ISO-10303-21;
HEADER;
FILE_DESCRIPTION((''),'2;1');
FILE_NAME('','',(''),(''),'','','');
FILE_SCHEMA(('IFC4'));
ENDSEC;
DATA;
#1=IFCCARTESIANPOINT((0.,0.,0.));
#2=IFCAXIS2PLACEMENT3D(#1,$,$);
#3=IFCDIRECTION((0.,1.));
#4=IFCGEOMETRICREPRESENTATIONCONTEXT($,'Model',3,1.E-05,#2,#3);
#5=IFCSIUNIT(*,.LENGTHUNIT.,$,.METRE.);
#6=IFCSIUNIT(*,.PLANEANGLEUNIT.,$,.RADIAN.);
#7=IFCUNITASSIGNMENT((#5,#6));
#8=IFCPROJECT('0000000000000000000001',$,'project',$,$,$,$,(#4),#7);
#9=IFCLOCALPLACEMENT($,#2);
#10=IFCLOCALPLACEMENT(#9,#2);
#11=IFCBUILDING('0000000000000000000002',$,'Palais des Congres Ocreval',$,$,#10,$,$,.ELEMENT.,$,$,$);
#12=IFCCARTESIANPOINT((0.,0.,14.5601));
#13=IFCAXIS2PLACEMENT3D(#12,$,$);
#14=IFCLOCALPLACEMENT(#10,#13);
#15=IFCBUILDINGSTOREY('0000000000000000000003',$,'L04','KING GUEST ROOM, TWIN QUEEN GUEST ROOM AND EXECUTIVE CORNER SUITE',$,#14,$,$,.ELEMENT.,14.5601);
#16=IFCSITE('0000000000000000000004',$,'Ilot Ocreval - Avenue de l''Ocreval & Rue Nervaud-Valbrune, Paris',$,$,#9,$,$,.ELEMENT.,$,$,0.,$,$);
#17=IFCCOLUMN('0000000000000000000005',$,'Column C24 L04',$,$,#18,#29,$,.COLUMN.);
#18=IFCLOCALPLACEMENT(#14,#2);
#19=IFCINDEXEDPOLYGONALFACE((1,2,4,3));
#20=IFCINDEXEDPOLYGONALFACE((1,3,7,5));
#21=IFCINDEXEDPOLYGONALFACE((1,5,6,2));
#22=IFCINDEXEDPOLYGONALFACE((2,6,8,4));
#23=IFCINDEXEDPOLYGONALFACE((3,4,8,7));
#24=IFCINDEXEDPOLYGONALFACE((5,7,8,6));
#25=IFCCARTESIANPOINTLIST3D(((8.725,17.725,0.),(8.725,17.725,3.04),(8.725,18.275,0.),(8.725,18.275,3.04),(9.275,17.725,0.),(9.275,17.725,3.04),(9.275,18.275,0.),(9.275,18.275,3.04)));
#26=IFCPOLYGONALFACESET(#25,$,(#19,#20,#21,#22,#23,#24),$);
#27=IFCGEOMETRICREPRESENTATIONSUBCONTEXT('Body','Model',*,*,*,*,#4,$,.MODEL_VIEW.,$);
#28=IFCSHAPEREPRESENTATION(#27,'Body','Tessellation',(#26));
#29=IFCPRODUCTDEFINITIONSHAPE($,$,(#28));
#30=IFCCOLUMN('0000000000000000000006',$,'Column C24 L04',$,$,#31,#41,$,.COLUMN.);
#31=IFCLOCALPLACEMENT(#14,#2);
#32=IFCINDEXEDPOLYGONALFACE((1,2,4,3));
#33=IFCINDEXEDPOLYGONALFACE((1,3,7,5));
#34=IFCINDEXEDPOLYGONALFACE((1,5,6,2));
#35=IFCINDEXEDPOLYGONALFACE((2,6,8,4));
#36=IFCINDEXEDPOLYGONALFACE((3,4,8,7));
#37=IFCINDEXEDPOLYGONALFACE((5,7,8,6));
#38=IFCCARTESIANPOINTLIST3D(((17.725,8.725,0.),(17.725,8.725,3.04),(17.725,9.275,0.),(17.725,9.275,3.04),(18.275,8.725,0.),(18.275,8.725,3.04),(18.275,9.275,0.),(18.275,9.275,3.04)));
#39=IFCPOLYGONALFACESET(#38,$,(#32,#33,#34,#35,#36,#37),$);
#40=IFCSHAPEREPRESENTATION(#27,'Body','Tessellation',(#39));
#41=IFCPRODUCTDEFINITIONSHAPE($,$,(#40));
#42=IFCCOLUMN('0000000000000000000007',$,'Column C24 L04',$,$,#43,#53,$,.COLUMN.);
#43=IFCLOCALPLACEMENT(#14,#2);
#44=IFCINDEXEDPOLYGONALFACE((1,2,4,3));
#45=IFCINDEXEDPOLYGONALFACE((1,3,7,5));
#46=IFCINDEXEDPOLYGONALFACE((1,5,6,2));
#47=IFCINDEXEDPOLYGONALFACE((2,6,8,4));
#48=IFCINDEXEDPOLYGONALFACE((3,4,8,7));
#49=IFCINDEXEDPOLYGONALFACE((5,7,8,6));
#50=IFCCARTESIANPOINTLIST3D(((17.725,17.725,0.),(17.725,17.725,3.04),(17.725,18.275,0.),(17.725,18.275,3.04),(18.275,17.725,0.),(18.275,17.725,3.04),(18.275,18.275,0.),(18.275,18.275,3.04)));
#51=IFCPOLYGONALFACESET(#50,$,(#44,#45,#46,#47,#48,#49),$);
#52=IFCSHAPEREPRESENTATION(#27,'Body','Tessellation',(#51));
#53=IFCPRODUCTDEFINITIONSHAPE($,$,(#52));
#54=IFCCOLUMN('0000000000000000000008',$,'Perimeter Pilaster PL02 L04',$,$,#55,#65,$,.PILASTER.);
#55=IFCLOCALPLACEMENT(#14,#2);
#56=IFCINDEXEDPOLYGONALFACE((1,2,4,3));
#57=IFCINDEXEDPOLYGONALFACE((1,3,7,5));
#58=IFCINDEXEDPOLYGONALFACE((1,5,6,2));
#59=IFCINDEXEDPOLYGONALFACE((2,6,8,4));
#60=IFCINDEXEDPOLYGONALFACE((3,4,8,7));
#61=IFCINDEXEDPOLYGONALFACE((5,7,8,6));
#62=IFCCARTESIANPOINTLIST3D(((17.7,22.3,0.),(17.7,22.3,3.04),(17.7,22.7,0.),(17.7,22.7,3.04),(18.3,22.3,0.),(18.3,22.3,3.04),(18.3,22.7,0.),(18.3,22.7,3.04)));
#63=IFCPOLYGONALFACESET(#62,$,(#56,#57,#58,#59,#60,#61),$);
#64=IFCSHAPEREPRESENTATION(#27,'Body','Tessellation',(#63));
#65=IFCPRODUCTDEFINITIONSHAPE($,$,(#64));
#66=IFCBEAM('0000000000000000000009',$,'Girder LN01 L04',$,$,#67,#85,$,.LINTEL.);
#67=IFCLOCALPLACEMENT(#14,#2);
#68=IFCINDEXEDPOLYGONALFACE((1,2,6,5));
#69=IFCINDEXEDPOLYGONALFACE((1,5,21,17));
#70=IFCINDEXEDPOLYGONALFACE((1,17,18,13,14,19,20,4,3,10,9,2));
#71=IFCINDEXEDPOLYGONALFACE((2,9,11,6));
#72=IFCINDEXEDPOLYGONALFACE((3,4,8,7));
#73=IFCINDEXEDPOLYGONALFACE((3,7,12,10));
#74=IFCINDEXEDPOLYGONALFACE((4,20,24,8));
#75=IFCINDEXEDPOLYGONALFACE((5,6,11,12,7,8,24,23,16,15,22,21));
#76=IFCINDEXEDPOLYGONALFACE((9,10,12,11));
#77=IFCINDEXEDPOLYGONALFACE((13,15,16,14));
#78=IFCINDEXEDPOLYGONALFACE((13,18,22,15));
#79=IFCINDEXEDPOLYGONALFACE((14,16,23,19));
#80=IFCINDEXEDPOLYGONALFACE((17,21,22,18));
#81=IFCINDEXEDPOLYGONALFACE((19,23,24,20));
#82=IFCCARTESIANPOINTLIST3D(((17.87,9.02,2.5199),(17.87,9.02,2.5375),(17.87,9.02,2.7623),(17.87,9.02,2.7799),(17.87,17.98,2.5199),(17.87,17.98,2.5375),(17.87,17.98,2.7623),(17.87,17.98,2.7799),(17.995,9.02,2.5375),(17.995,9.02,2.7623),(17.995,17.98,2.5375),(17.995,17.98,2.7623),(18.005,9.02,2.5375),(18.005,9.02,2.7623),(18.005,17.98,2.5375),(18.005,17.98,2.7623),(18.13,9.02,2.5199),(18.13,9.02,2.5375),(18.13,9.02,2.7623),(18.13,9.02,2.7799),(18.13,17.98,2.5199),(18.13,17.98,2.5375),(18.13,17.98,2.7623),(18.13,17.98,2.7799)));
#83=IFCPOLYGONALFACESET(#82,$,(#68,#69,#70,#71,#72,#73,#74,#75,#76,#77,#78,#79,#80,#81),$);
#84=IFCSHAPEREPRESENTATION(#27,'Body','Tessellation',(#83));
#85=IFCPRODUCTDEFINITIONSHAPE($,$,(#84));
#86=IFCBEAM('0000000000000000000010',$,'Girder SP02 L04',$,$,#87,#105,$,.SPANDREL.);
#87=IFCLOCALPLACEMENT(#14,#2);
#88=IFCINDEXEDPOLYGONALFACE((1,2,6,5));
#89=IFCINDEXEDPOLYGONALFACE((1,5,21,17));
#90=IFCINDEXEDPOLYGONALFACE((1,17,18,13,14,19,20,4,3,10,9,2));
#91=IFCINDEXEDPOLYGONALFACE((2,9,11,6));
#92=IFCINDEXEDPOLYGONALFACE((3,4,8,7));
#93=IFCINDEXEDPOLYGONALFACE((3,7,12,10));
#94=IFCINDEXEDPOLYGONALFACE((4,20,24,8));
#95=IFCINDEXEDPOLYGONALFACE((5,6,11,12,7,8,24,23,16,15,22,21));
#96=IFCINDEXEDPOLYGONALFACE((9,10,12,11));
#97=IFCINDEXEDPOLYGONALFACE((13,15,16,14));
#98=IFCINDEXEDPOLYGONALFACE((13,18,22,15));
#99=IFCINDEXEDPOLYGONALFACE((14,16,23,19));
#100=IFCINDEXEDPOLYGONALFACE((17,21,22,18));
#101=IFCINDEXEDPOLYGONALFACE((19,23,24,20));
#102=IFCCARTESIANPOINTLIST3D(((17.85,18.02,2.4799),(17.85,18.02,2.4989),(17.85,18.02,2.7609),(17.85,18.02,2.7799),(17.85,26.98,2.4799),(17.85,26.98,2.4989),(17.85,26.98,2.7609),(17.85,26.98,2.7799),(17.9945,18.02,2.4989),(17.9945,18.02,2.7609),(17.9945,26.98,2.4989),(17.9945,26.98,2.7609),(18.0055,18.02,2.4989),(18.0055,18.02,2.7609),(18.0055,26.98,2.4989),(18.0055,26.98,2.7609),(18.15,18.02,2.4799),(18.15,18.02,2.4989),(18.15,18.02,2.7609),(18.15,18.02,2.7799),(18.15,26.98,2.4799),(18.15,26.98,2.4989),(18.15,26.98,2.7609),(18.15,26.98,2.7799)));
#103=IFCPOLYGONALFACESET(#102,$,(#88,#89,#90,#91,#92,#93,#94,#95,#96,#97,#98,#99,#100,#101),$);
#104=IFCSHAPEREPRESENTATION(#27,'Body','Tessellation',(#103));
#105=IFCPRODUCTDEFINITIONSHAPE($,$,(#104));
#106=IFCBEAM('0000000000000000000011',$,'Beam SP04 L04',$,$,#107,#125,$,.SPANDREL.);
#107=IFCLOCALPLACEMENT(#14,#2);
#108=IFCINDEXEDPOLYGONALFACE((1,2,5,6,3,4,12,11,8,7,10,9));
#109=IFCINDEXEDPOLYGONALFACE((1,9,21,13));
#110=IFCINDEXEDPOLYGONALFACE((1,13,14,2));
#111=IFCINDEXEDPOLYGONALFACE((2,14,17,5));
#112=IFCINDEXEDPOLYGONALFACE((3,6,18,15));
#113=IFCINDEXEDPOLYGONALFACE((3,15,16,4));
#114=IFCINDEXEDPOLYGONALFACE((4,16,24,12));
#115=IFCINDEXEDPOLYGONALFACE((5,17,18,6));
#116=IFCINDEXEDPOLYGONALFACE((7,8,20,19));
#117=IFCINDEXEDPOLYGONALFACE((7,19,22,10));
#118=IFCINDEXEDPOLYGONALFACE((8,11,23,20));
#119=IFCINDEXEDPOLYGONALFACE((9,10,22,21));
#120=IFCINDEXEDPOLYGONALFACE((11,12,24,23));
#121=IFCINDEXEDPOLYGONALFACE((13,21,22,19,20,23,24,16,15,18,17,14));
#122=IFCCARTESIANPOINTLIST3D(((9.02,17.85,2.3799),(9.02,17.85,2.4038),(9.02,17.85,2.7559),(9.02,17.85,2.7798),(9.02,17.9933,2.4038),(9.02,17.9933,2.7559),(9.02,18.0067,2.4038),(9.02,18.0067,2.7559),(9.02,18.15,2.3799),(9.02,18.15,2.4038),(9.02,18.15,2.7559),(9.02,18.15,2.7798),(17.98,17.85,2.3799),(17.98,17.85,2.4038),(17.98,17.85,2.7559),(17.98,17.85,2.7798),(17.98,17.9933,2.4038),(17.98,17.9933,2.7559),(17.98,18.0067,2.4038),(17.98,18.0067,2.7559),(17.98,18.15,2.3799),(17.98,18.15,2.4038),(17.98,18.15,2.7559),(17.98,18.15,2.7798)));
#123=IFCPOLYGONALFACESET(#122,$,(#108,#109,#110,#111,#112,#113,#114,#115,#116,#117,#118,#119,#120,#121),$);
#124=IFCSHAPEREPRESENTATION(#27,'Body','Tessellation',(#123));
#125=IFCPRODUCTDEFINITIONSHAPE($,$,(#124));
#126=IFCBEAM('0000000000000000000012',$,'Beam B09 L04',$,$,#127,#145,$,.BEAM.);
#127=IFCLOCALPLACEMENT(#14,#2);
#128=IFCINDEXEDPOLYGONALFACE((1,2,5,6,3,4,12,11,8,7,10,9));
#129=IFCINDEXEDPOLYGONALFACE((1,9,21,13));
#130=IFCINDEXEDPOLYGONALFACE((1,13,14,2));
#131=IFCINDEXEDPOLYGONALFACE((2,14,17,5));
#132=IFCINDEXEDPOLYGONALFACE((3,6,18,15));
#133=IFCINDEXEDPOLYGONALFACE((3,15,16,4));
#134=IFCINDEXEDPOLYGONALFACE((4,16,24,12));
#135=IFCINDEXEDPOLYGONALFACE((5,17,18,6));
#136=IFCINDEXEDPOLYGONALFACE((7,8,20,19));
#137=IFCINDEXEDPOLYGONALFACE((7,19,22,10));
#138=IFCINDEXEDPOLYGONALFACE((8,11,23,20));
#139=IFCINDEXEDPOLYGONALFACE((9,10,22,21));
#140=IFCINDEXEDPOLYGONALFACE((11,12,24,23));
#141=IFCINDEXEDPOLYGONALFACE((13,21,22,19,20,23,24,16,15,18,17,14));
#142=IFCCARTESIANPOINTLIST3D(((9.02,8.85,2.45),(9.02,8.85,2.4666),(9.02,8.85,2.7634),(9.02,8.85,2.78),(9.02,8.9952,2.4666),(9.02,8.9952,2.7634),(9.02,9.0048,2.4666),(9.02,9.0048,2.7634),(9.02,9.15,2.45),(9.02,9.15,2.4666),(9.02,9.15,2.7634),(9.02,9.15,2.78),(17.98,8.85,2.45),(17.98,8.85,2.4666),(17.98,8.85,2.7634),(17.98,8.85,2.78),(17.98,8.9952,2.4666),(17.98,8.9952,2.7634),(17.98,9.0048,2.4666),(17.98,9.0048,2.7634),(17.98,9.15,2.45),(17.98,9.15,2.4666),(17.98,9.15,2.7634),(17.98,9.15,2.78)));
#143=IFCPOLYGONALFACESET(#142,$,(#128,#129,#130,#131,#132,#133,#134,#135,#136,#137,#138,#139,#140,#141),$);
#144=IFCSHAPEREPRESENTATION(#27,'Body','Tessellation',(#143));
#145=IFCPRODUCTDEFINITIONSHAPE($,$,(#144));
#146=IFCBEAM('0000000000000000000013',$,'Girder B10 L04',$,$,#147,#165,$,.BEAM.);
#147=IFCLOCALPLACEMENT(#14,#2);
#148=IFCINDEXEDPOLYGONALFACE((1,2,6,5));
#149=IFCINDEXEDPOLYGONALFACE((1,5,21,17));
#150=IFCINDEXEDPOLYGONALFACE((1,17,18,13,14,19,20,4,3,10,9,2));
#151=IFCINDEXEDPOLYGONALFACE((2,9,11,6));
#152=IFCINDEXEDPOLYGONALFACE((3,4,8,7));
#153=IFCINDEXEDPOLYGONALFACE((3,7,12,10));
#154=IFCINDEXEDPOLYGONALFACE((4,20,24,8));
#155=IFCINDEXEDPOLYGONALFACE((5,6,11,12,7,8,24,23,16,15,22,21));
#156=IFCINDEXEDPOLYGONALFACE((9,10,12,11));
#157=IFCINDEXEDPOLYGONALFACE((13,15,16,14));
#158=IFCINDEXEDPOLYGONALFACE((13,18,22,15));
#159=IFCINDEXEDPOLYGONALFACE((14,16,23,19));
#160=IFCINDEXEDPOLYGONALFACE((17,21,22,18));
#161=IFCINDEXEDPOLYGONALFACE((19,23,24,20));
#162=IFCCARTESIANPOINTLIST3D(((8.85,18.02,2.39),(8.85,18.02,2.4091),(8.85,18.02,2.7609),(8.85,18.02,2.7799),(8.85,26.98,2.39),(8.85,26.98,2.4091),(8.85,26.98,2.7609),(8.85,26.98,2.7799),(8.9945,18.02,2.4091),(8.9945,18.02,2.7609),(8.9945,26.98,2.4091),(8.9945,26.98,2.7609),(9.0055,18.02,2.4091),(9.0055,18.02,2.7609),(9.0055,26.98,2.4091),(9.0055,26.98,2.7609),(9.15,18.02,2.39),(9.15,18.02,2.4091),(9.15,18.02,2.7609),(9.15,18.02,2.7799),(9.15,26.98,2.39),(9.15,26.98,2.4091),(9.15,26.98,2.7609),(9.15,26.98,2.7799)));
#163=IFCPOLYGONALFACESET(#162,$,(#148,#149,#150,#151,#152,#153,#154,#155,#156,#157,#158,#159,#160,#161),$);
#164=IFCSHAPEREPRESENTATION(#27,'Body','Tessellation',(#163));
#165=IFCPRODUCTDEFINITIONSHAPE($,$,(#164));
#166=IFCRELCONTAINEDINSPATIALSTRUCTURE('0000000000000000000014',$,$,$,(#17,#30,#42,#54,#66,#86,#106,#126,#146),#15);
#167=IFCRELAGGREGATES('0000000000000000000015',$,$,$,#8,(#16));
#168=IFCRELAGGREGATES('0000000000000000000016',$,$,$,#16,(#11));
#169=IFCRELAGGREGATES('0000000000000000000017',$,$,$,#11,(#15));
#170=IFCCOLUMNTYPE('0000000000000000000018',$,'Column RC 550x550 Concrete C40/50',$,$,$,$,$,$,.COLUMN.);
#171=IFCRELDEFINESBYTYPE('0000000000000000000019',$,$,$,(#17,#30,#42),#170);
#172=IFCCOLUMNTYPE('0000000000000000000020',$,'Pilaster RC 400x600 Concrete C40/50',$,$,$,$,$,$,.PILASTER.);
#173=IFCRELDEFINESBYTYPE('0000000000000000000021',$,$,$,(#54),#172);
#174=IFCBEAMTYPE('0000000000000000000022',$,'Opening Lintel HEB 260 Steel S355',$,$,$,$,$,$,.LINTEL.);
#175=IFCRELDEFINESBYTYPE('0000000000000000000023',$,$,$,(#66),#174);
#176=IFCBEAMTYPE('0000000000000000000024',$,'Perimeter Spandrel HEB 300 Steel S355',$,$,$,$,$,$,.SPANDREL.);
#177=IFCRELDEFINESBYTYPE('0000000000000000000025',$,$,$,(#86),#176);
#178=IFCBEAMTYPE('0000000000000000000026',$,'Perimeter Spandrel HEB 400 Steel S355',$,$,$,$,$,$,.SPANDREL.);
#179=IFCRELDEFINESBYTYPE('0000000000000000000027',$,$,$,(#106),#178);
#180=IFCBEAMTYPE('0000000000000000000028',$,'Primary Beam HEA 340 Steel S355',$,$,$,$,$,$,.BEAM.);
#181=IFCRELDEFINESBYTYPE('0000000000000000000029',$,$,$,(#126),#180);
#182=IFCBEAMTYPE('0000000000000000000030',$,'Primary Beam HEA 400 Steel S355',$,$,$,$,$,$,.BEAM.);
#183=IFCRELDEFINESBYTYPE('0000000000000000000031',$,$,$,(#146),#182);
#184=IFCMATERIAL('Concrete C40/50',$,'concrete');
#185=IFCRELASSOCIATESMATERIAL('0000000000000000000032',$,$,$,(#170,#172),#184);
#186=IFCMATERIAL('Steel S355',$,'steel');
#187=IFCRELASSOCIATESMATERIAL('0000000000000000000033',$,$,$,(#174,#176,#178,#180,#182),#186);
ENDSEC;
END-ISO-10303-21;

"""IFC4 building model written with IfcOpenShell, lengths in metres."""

from ifc_helpers import new_model, si_unit, direction, frame, origin, origin_2d, place, context, subcontext, project, spatial, rectangle, i_section, extrude, material, material_profile, profile_set, type_object, element, save


model = new_model("IFC4")

# Units and contexts
model_context = context("Model", 3, precision=1e-05, world=origin(), true_north=direction((0.0, 1.0)))
body_context = subcontext(model_context, "Body", "Model", "MODEL_VIEW")
ifc_project = project(units=[si_unit("LENGTHUNIT", "METRE"), si_unit("PLANEANGLEUNIT", "RADIAN")], contexts=[model_context])

# Site, building, storey
site_placement = place(None, origin())
site = spatial("IfcSite", under=ifc_project, at=site_placement, Name="Ilot Ocreval - Avenue de l'Ocreval & Rue Nervaud-Valbrune, Paris", CompositionType="ELEMENT", RefElevation=0.0)
building_placement = place(site_placement, origin())
building = spatial("IfcBuilding", under=site, at=building_placement, Name="Palais des Congres Ocreval", CompositionType="ELEMENT")
storey_placement = place(building_placement, frame((0.0, 0.0, 14.5601)))
storey = spatial("IfcBuildingStorey", under=building, at=storey_placement, Name="L04", Description="KING GUEST ROOM, TWIN QUEEN GUEST ROOM AND EXECUTIVE CORNER SUITE", CompositionType="ELEMENT", Elevation=14.5601)

# Columns
ifc_material_1 = material(Name="Concrete C40/50", Category="concrete")
ifc_material_profile_1 = material_profile(ifc_material_1, rectangle(XDim=0.55, YDim=0.55, at=origin_2d()), Name="RC 550x550")
ifc_profile_set_1 = profile_set([ifc_material_profile_1], Name="Concrete C40/50")
column_type_1 = type_object("IfcColumnType", Name="Column RC 550x550 Concrete C40/50", PredefinedType="COLUMN", material=ifc_profile_set_1)
for number, where, z_axis, x_axis, name in (
    (1, (9.0, 18.0, 0.0), (0.0, 0.0, 1.0), (1.0, 0.0, 0.0), "Column C24 L04"),
    (2, (18.0, 9.0, 0.0), (0.0, 0.0, 1.0), (1.0, 0.0, 0.0), "Column C24 L04"),
    (3, (18.0, 18.0, 0.0), (0.0, 0.0, 1.0), (1.0, 0.0, 0.0), "Column C24 L04"),
):
    element("IfcColumn", number, at=place(storey_placement, frame(where, z_axis=z_axis, x_axis=x_axis)), inside=storey, type_object=column_type_1, Name=name, PredefinedType="COLUMN", context=body_context, shape_type="SweptSolid", body=[
        extrude(rectangle(XDim=0.55, YDim=0.55, at=origin_2d()), origin(), (0.0, 0.0, 1.0), 3.04),
    ])
ifc_material_profile_2 = material_profile(ifc_material_1, rectangle(XDim=0.3999, YDim=0.6001, at=origin_2d()), Name="RC 400x600")
ifc_profile_set_2 = profile_set([ifc_material_profile_2], Name="Concrete C40/50")
column_type_2 = type_object("IfcColumnType", Name="Pilaster RC 400x600 Concrete C40/50", PredefinedType="PILASTER", material=ifc_profile_set_2)
column_placement = place(storey_placement, frame((18.0, 22.5, 0.0), z_axis=(0.0, 0.0, 1.0), x_axis=(0.0, 1.0, 0.0)))
element("IfcColumn", 4, at=column_placement, inside=storey, type_object=column_type_2, Name="Perimeter Pilaster PL02 L04", PredefinedType="PILASTER", context=body_context, shape_type="SweptSolid", body=[
    extrude(rectangle(XDim=0.3999, YDim=0.6001, at=origin_2d()), origin(), (0.0, 0.0, 1.0), 3.04),
])

# Beams
ifc_material_2 = material(Name="Steel S355", Category="steel")
ifc_material_profile_3 = material_profile(ifc_material_2, i_section(OverallWidth=0.26, OverallDepth=0.26, WebThickness=0.01, FlangeThickness=0.0176, at=origin_2d()), Name="HEB 260")
ifc_profile_set_3 = profile_set([ifc_material_profile_3], Name="Steel S355")
beam_type_1 = type_object("IfcBeamType", Name="Opening Lintel HEB 260 Steel S355", PredefinedType="LINTEL", material=ifc_profile_set_3)
beam_1_placement = place(storey_placement, frame((18.0, 9.02, 2.6499), z_axis=(0.0, 1.0, 0.0), x_axis=(-1.0, 0.0, 0.0)))
element("IfcBeam", 5, at=beam_1_placement, inside=storey, type_object=beam_type_1, Name="Girder LN01 L04", PredefinedType="LINTEL", context=body_context, shape_type="SweptSolid", body=[
    extrude(i_section(OverallWidth=0.26, OverallDepth=0.26, WebThickness=0.01, FlangeThickness=0.0176, at=origin_2d()), origin(), (0.0, 0.0, 1.0), 8.96),
])
ifc_material_profile_4 = material_profile(ifc_material_2, i_section(OverallWidth=0.3, OverallDepth=0.3, WebThickness=0.011, FlangeThickness=0.019, at=origin_2d()), Name="HEB 300")
ifc_profile_set_4 = profile_set([ifc_material_profile_4], Name="Steel S355")
beam_type_2 = type_object("IfcBeamType", Name="Perimeter Spandrel HEB 300 Steel S355", PredefinedType="SPANDREL", material=ifc_profile_set_4)
beam_2_placement = place(storey_placement, frame((18.0, 18.02, 2.6299), z_axis=(0.0, 1.0, 0.0), x_axis=(-1.0, 0.0, 0.0)))
element("IfcBeam", 6, at=beam_2_placement, inside=storey, type_object=beam_type_2, Name="Girder SP02 L04", PredefinedType="SPANDREL", context=body_context, shape_type="SweptSolid", body=[
    extrude(i_section(OverallWidth=0.3, OverallDepth=0.3, WebThickness=0.011, FlangeThickness=0.019, at=origin_2d()), origin(), (0.0, 0.0, 1.0), 8.96),
])
ifc_material_profile_5 = material_profile(ifc_material_2, i_section(OverallWidth=0.3, OverallDepth=0.3999, WebThickness=0.0134, FlangeThickness=0.0239, at=origin_2d()), Name="HEB 400")
ifc_profile_set_5 = profile_set([ifc_material_profile_5], Name="Steel S355")
beam_type_3 = type_object("IfcBeamType", Name="Perimeter Spandrel HEB 400 Steel S355", PredefinedType="SPANDREL", material=ifc_profile_set_5)
beam_3_placement = place(storey_placement, frame((9.02, 18.0, 2.5798), z_axis=(1.0, 0.0, 0.0), x_axis=(0.0, 1.0, 0.0)))
element("IfcBeam", 7, at=beam_3_placement, inside=storey, type_object=beam_type_3, Name="Beam SP04 L04", PredefinedType="SPANDREL", context=body_context, shape_type="SweptSolid", body=[
    extrude(i_section(OverallWidth=0.3, OverallDepth=0.3999, WebThickness=0.0134, FlangeThickness=0.0239, at=origin_2d()), origin(), (0.0, 0.0, 1.0), 8.96),
])
ifc_material_profile_6 = material_profile(ifc_material_2, i_section(OverallWidth=0.3, OverallDepth=0.3301, WebThickness=0.0095, FlangeThickness=0.0166, at=origin_2d()), Name="HEA 340")
ifc_profile_set_6 = profile_set([ifc_material_profile_6], Name="Steel S355")
beam_type_4 = type_object("IfcBeamType", Name="Primary Beam HEA 340 Steel S355", PredefinedType="BEAM", material=ifc_profile_set_6)
beam_4_placement = place(storey_placement, frame((9.02, 9.0, 2.615), z_axis=(1.0, 0.0, 0.0), x_axis=(0.0, 1.0, 0.0)))
element("IfcBeam", 8, at=beam_4_placement, inside=storey, type_object=beam_type_4, Name="Beam B09 L04", PredefinedType="BEAM", context=body_context, shape_type="SweptSolid", body=[
    extrude(i_section(OverallWidth=0.3, OverallDepth=0.3301, WebThickness=0.0095, FlangeThickness=0.0166, at=origin_2d()), origin(), (0.0, 0.0, 1.0), 8.96),
])
ifc_material_profile_7 = material_profile(ifc_material_2, i_section(OverallWidth=0.3, OverallDepth=0.3899, WebThickness=0.011, FlangeThickness=0.019, at=origin_2d()), Name="HEA 400")
ifc_profile_set_7 = profile_set([ifc_material_profile_7], Name="Steel S355")
beam_type_5 = type_object("IfcBeamType", Name="Primary Beam HEA 400 Steel S355", PredefinedType="BEAM", material=ifc_profile_set_7)
beam_5_placement = place(storey_placement, frame((9.0, 18.02, 2.585), z_axis=(0.0, 1.0, 0.0), x_axis=(-1.0, 0.0, 0.0)))
element("IfcBeam", 9, at=beam_5_placement, inside=storey, type_object=beam_type_5, Name="Girder B10 L04", PredefinedType="BEAM", context=body_context, shape_type="SweptSolid", body=[
    extrude(i_section(OverallWidth=0.3, OverallDepth=0.3899, WebThickness=0.011, FlangeThickness=0.019, at=origin_2d()), origin(), (0.0, 0.0, 1.0), 8.96),
])

save(model, "model.ifc")
